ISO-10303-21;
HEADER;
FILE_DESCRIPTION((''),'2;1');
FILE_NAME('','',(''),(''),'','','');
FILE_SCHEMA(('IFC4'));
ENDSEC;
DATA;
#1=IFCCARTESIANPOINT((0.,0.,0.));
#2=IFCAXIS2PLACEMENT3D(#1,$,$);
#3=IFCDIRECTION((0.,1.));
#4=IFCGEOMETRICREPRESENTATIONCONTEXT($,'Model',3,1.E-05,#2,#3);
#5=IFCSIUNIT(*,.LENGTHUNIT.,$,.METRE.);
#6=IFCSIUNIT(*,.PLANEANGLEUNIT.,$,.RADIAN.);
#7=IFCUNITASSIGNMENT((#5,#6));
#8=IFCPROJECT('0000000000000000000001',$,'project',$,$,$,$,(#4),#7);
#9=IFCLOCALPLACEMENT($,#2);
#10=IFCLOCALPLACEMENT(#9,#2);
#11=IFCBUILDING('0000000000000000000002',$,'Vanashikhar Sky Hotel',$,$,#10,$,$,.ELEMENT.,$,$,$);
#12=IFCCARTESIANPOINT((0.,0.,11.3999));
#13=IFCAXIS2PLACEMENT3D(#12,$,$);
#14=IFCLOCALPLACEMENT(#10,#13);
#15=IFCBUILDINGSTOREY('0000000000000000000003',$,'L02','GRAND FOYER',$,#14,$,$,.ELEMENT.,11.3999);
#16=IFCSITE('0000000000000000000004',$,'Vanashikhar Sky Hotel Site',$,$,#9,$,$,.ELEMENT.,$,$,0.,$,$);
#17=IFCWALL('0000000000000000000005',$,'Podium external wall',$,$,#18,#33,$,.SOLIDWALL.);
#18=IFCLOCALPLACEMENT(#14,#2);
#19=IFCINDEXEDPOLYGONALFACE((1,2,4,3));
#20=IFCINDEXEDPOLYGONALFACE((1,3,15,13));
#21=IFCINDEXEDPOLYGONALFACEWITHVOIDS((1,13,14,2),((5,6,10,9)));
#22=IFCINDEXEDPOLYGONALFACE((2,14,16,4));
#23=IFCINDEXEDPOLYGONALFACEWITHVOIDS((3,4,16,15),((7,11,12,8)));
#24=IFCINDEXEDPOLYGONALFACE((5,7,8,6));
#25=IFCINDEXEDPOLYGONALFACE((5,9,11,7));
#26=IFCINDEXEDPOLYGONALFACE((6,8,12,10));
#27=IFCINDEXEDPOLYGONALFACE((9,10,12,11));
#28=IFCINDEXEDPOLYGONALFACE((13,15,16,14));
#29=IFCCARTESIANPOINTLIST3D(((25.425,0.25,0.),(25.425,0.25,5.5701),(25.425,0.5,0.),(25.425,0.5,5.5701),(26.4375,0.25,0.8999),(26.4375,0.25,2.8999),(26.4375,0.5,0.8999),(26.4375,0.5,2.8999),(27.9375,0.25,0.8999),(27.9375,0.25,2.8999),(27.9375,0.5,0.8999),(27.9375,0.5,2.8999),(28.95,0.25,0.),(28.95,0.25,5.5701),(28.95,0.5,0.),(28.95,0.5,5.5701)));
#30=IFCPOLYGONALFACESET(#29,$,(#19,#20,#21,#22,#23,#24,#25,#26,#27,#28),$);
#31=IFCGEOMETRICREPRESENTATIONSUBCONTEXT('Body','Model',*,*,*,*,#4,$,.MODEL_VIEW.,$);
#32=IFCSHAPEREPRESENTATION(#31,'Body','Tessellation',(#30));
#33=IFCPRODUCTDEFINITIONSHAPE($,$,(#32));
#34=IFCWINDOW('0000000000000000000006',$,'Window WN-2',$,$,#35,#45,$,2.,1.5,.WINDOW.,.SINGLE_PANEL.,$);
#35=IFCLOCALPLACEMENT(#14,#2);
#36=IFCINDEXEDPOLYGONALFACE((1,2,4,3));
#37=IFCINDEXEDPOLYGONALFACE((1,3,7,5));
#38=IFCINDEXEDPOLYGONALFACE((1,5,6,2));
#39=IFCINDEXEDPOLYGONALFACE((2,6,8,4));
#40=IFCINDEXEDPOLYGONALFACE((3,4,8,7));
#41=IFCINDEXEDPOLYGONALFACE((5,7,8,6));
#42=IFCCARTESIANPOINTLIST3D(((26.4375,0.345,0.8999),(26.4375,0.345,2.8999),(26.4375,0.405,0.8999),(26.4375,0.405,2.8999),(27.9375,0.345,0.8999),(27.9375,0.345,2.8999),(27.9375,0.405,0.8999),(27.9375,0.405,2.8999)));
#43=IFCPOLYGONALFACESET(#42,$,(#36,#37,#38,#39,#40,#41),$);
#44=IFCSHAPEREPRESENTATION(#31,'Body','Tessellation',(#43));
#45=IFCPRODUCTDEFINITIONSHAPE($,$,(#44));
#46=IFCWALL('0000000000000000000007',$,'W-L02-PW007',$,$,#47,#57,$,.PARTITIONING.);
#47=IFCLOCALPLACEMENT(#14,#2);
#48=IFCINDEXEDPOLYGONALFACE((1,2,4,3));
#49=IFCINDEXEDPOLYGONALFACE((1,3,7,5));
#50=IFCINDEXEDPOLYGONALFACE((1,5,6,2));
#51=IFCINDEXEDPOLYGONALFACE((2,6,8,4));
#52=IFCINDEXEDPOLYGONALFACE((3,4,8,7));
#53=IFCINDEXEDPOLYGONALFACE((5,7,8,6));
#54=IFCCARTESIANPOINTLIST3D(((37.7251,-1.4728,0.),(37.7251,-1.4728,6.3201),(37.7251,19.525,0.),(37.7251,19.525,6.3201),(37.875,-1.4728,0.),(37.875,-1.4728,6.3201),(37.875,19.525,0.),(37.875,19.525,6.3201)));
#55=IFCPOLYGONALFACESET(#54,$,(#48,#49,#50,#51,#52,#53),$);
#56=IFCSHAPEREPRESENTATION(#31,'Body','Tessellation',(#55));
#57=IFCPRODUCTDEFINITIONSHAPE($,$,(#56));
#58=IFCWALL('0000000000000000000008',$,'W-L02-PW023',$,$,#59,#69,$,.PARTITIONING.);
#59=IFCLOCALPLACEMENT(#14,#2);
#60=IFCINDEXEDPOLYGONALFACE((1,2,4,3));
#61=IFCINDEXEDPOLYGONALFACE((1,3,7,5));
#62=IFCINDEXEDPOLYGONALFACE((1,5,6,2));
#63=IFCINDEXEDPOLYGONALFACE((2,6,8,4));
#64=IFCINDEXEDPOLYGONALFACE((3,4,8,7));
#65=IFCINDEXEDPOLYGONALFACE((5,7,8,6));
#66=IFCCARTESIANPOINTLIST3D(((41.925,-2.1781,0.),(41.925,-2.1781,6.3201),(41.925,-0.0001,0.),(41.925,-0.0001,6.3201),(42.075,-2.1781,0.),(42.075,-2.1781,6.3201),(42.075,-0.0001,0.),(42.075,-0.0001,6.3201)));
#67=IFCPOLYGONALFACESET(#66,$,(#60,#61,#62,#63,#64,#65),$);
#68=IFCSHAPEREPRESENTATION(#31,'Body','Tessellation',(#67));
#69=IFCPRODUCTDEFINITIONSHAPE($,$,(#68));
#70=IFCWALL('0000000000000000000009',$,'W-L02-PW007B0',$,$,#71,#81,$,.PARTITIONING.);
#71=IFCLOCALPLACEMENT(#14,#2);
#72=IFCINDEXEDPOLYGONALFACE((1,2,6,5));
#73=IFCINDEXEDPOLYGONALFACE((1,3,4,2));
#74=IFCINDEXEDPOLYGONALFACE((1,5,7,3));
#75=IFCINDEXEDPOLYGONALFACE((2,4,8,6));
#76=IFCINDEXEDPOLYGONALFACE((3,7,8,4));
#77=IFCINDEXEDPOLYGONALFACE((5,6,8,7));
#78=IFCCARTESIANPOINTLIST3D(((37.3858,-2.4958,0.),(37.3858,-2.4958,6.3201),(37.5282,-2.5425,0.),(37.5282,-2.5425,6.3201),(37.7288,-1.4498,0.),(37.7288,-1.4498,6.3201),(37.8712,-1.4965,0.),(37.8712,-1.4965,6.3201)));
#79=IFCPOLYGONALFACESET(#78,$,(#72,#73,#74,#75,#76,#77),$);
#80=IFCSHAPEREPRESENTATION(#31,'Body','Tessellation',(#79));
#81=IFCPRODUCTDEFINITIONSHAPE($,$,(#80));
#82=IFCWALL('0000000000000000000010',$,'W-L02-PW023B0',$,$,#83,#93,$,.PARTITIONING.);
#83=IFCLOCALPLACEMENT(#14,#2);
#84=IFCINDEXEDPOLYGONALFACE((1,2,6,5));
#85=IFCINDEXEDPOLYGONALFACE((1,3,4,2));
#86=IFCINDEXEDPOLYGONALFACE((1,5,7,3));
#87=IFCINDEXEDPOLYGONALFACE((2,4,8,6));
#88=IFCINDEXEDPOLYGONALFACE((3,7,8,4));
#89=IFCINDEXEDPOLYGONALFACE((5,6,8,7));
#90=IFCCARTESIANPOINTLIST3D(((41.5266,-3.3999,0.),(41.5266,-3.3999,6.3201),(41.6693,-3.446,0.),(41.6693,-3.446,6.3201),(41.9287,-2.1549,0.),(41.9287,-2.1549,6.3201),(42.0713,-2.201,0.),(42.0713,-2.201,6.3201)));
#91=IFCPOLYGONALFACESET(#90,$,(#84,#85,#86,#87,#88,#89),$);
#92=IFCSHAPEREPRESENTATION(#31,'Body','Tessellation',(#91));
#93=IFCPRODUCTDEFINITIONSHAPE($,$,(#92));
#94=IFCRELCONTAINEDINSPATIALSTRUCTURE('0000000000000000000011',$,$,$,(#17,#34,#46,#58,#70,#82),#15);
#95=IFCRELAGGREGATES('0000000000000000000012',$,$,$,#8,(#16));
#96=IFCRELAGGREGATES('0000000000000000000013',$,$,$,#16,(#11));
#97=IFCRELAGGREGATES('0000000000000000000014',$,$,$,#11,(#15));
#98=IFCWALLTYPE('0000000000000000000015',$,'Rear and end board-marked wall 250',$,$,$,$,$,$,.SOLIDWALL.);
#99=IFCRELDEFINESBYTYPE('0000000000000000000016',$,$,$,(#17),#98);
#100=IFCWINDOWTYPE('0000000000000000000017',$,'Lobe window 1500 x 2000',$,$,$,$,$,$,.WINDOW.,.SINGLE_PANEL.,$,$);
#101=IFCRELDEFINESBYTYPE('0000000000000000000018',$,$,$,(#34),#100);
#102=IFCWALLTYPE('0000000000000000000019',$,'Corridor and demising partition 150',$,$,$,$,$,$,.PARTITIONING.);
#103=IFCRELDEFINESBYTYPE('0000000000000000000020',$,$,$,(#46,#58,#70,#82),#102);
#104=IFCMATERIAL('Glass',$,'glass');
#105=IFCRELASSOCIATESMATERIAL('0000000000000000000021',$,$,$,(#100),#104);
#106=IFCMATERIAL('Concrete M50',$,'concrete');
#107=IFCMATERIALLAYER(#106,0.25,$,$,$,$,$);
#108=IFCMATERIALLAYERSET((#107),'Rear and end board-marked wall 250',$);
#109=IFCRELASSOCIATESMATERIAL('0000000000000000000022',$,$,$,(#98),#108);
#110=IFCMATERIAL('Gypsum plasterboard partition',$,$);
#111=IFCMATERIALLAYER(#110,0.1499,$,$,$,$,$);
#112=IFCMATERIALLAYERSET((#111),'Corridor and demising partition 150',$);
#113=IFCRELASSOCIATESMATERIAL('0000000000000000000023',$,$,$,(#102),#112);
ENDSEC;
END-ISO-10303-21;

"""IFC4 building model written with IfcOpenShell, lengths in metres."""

from ifc_helpers import new_model, si_unit, direction, frame, frame_2d, origin, place, context, subcontext, project, spatial, rectangle, extrude, source, transform, mapped, material, layer, layer_set, type_object, element, fill, save


model = new_model("IFC4")

# Units and contexts
model_context = context("Model", 3, precision=1e-05, world=origin(), true_north=direction((0.0, 1.0)))
body_context = subcontext(model_context, "Body", "Model", "MODEL_VIEW")
ifc_project = project(units=[si_unit("LENGTHUNIT", "METRE"), si_unit("PLANEANGLEUNIT", "RADIAN")], contexts=[model_context])

# Site, building, storey
site_placement = place(None, origin())
site = spatial("IfcSite", under=ifc_project, at=site_placement, Name="Vanashikhar Sky Hotel Site", CompositionType="ELEMENT", RefElevation=0.0)
building_placement = place(site_placement, origin())
building = spatial("IfcBuilding", under=site, at=building_placement, Name="Vanashikhar Sky Hotel", CompositionType="ELEMENT")
storey_placement = place(building_placement, frame((0.0, 0.0, 11.3999)))
storey = spatial("IfcBuildingStorey", under=building, at=storey_placement, Name="L02", Description="GRAND FOYER", CompositionType="ELEMENT", Elevation=11.3999)

# Shared definitions
ifc_material_1 = material(Name="Concrete M50", Category="concrete")

# Shared definitions
ifc_material_2 = material(Name="Glass", Category="glass")

# Wall, opening, window
window_type = type_object("IfcWindowType", Name="Lobe window 1500 x 2000", PartitioningType="SINGLE_PANEL", PredefinedType="WINDOW", material=ifc_material_2)
shared_shape_1 = source(origin(), body_context, "Body", "SweptSolid", [
    extrude(rectangle(XDim=1.5, YDim=2.0, at=frame_2d((0.75, 1.0))), frame((0.0, 0.03, 0.0), z_axis=(0.0, -1.0, 0.0), x_axis=(1.0, 0.0, 0.0)), (0.0, 0.0, 1.0), 0.0601),
])
ifc_layer_1 = layer(ifc_material_1, 0.25)
ifc_layer_set_1 = layer_set([ifc_layer_1], Name="Rear and end board-marked wall 250")
wall_type_1 = type_object("IfcWallType", Name="Rear and end board-marked wall 250", PredefinedType="SOLIDWALL", material=ifc_layer_set_1)
shared_shape_2 = source(origin(), body_context, "Body", "SweptSolid", [
    extrude(rectangle(XDim=1.5, YDim=2.0, at=frame_2d((0.75, 1.0))), frame((0.0, 0.135, 0.0), z_axis=(0.0, -1.0, 0.0), x_axis=(1.0, 0.0, 0.0)), (0.0, 0.0, 1.0), 0.27),
])
shared_shape_3 = source(origin(), body_context, "Body", "SweptSolid", [
    extrude(rectangle(XDim=3.5249, YDim=0.25, at=frame_2d((1.7625, 0.0))), origin(), (0.0, 0.0, 1.0), 5.5701),
])
wall_1_placement = place(storey_placement, frame((25.425, 0.375, 0.0), z_axis=(0.0, 0.0, 1.0), x_axis=(1.0, 0.0, 0.0)))
wall_1 = element("IfcWall", 1, at=wall_1_placement, inside=storey, type_object=wall_type_1, Name="Podium external wall", PredefinedType="SOLIDWALL", context=body_context, shape_type="MappedRepresentation", body=[
    mapped(shared_shape_3, transform((0.0, 0.0, 0.0), scale=1.0)),
])
opening_1_placement = place(wall_1_placement, frame((1.0125, 0.0, 0.8999)))
opening_1 = element("IfcOpeningElement", 2, at=opening_1_placement, cuts=wall_1, PredefinedType="OPENING", context=body_context, shape_type="MappedRepresentation", body=[
    mapped(shared_shape_2, transform((0.0, 0.0, 0.0), scale=1.0)),
])
window_1_placement = place(opening_1_placement, origin())
window_1 = element("IfcWindow", 3, at=window_1_placement, inside=storey, type_object=window_type, Name="Window WN-2", OverallHeight=2.0, OverallWidth=1.5, PartitioningType="SINGLE_PANEL", PredefinedType="WINDOW", context=body_context, shape_type="MappedRepresentation", body=[
    mapped(shared_shape_1, transform((0.0, 0.0, 0.0), scale=1.0)),
])
fill(opening_1, window_1)

# Walls
ifc_material_3 = material(Name="Gypsum plasterboard partition")
ifc_layer_2 = layer(ifc_material_3, 0.1499)
ifc_layer_set_2 = layer_set([ifc_layer_2], Name="Corridor and demising partition 150")
wall_type_2 = type_object("IfcWallType", Name="Corridor and demising partition 150", PredefinedType="PARTITIONING", material=ifc_layer_set_2)
shared_shape_4 = source(origin(), body_context, "Body", "SweptSolid", [
    extrude(rectangle(XDim=20.9978, YDim=0.1499, at=frame_2d((10.499, 0.0))), origin(), (0.0, 0.0, 1.0), 6.3201),
])
wall_2_placement = place(storey_placement, frame((37.8, -1.4729, 0.0), z_axis=(0.0, 0.0, 1.0), x_axis=(0.0, 1.0, 0.0)))
element("IfcWall", 4, at=wall_2_placement, inside=storey, type_object=wall_type_2, Name="W-L02-PW007", PredefinedType="PARTITIONING", context=body_context, shape_type="MappedRepresentation", body=[
    mapped(shared_shape_4, transform((0.0, 0.0, 0.0), scale=1.0)),
])
shared_shape_5 = source(origin(), body_context, "Body", "SweptSolid", [
    extrude(rectangle(XDim=2.178, YDim=0.1499, at=frame_2d((1.0889, 0.0))), origin(), (0.0, 0.0, 1.0), 6.3201),
])
wall_3_placement = place(storey_placement, frame((42.0, -2.178, 0.0), z_axis=(0.0, 0.0, 1.0), x_axis=(0.0, 1.0, 0.0)))
element("IfcWall", 5, at=wall_3_placement, inside=storey, type_object=wall_type_2, Name="W-L02-PW023", PredefinedType="PARTITIONING", context=body_context, shape_type="MappedRepresentation", body=[
    mapped(shared_shape_5, transform((0.0, 0.0, 0.0), scale=1.0)),
])
shared_shape_6 = source(origin(), body_context, "Body", "SweptSolid", [
    extrude(rectangle(XDim=1.1008, YDim=0.1499, at=frame_2d((0.5503, 0.0))), origin(), (0.0, 0.0, 1.0), 6.3201),
])
wall_4_placement = place(storey_placement, frame((37.457, -2.519, 0.0), z_axis=(0.0, 0.0, 1.0), x_axis=(0.311567, 0.950224, 0.0)))
element("IfcWall", 6, at=wall_4_placement, inside=storey, type_object=wall_type_2, Name="W-L02-PW007B0", PredefinedType="PARTITIONING", context=body_context, shape_type="MappedRepresentation", body=[
    mapped(shared_shape_6, transform((0.0, 0.0, 0.0), scale=1.0)),
])
shared_shape_7 = source(origin(), body_context, "Body", "SweptSolid", [
    extrude(rectangle(XDim=1.3083, YDim=0.1499, at=frame_2d((0.6543, 0.0))), origin(), (0.0, 0.0, 1.0), 6.3201),
])
wall_5_placement = place(storey_placement, frame((41.5979, -3.4231, 0.0), z_axis=(0.0, 0.0, 1.0), x_axis=(0.307314, 0.951608, 0.0)))
element("IfcWall", 7, at=wall_5_placement, inside=storey, type_object=wall_type_2, Name="W-L02-PW023B0", PredefinedType="PARTITIONING", context=body_context, shape_type="MappedRepresentation", body=[
    mapped(shared_shape_7, transform((0.0, 0.0, 0.0), scale=1.0)),
])

save(model, "model.ifc")
